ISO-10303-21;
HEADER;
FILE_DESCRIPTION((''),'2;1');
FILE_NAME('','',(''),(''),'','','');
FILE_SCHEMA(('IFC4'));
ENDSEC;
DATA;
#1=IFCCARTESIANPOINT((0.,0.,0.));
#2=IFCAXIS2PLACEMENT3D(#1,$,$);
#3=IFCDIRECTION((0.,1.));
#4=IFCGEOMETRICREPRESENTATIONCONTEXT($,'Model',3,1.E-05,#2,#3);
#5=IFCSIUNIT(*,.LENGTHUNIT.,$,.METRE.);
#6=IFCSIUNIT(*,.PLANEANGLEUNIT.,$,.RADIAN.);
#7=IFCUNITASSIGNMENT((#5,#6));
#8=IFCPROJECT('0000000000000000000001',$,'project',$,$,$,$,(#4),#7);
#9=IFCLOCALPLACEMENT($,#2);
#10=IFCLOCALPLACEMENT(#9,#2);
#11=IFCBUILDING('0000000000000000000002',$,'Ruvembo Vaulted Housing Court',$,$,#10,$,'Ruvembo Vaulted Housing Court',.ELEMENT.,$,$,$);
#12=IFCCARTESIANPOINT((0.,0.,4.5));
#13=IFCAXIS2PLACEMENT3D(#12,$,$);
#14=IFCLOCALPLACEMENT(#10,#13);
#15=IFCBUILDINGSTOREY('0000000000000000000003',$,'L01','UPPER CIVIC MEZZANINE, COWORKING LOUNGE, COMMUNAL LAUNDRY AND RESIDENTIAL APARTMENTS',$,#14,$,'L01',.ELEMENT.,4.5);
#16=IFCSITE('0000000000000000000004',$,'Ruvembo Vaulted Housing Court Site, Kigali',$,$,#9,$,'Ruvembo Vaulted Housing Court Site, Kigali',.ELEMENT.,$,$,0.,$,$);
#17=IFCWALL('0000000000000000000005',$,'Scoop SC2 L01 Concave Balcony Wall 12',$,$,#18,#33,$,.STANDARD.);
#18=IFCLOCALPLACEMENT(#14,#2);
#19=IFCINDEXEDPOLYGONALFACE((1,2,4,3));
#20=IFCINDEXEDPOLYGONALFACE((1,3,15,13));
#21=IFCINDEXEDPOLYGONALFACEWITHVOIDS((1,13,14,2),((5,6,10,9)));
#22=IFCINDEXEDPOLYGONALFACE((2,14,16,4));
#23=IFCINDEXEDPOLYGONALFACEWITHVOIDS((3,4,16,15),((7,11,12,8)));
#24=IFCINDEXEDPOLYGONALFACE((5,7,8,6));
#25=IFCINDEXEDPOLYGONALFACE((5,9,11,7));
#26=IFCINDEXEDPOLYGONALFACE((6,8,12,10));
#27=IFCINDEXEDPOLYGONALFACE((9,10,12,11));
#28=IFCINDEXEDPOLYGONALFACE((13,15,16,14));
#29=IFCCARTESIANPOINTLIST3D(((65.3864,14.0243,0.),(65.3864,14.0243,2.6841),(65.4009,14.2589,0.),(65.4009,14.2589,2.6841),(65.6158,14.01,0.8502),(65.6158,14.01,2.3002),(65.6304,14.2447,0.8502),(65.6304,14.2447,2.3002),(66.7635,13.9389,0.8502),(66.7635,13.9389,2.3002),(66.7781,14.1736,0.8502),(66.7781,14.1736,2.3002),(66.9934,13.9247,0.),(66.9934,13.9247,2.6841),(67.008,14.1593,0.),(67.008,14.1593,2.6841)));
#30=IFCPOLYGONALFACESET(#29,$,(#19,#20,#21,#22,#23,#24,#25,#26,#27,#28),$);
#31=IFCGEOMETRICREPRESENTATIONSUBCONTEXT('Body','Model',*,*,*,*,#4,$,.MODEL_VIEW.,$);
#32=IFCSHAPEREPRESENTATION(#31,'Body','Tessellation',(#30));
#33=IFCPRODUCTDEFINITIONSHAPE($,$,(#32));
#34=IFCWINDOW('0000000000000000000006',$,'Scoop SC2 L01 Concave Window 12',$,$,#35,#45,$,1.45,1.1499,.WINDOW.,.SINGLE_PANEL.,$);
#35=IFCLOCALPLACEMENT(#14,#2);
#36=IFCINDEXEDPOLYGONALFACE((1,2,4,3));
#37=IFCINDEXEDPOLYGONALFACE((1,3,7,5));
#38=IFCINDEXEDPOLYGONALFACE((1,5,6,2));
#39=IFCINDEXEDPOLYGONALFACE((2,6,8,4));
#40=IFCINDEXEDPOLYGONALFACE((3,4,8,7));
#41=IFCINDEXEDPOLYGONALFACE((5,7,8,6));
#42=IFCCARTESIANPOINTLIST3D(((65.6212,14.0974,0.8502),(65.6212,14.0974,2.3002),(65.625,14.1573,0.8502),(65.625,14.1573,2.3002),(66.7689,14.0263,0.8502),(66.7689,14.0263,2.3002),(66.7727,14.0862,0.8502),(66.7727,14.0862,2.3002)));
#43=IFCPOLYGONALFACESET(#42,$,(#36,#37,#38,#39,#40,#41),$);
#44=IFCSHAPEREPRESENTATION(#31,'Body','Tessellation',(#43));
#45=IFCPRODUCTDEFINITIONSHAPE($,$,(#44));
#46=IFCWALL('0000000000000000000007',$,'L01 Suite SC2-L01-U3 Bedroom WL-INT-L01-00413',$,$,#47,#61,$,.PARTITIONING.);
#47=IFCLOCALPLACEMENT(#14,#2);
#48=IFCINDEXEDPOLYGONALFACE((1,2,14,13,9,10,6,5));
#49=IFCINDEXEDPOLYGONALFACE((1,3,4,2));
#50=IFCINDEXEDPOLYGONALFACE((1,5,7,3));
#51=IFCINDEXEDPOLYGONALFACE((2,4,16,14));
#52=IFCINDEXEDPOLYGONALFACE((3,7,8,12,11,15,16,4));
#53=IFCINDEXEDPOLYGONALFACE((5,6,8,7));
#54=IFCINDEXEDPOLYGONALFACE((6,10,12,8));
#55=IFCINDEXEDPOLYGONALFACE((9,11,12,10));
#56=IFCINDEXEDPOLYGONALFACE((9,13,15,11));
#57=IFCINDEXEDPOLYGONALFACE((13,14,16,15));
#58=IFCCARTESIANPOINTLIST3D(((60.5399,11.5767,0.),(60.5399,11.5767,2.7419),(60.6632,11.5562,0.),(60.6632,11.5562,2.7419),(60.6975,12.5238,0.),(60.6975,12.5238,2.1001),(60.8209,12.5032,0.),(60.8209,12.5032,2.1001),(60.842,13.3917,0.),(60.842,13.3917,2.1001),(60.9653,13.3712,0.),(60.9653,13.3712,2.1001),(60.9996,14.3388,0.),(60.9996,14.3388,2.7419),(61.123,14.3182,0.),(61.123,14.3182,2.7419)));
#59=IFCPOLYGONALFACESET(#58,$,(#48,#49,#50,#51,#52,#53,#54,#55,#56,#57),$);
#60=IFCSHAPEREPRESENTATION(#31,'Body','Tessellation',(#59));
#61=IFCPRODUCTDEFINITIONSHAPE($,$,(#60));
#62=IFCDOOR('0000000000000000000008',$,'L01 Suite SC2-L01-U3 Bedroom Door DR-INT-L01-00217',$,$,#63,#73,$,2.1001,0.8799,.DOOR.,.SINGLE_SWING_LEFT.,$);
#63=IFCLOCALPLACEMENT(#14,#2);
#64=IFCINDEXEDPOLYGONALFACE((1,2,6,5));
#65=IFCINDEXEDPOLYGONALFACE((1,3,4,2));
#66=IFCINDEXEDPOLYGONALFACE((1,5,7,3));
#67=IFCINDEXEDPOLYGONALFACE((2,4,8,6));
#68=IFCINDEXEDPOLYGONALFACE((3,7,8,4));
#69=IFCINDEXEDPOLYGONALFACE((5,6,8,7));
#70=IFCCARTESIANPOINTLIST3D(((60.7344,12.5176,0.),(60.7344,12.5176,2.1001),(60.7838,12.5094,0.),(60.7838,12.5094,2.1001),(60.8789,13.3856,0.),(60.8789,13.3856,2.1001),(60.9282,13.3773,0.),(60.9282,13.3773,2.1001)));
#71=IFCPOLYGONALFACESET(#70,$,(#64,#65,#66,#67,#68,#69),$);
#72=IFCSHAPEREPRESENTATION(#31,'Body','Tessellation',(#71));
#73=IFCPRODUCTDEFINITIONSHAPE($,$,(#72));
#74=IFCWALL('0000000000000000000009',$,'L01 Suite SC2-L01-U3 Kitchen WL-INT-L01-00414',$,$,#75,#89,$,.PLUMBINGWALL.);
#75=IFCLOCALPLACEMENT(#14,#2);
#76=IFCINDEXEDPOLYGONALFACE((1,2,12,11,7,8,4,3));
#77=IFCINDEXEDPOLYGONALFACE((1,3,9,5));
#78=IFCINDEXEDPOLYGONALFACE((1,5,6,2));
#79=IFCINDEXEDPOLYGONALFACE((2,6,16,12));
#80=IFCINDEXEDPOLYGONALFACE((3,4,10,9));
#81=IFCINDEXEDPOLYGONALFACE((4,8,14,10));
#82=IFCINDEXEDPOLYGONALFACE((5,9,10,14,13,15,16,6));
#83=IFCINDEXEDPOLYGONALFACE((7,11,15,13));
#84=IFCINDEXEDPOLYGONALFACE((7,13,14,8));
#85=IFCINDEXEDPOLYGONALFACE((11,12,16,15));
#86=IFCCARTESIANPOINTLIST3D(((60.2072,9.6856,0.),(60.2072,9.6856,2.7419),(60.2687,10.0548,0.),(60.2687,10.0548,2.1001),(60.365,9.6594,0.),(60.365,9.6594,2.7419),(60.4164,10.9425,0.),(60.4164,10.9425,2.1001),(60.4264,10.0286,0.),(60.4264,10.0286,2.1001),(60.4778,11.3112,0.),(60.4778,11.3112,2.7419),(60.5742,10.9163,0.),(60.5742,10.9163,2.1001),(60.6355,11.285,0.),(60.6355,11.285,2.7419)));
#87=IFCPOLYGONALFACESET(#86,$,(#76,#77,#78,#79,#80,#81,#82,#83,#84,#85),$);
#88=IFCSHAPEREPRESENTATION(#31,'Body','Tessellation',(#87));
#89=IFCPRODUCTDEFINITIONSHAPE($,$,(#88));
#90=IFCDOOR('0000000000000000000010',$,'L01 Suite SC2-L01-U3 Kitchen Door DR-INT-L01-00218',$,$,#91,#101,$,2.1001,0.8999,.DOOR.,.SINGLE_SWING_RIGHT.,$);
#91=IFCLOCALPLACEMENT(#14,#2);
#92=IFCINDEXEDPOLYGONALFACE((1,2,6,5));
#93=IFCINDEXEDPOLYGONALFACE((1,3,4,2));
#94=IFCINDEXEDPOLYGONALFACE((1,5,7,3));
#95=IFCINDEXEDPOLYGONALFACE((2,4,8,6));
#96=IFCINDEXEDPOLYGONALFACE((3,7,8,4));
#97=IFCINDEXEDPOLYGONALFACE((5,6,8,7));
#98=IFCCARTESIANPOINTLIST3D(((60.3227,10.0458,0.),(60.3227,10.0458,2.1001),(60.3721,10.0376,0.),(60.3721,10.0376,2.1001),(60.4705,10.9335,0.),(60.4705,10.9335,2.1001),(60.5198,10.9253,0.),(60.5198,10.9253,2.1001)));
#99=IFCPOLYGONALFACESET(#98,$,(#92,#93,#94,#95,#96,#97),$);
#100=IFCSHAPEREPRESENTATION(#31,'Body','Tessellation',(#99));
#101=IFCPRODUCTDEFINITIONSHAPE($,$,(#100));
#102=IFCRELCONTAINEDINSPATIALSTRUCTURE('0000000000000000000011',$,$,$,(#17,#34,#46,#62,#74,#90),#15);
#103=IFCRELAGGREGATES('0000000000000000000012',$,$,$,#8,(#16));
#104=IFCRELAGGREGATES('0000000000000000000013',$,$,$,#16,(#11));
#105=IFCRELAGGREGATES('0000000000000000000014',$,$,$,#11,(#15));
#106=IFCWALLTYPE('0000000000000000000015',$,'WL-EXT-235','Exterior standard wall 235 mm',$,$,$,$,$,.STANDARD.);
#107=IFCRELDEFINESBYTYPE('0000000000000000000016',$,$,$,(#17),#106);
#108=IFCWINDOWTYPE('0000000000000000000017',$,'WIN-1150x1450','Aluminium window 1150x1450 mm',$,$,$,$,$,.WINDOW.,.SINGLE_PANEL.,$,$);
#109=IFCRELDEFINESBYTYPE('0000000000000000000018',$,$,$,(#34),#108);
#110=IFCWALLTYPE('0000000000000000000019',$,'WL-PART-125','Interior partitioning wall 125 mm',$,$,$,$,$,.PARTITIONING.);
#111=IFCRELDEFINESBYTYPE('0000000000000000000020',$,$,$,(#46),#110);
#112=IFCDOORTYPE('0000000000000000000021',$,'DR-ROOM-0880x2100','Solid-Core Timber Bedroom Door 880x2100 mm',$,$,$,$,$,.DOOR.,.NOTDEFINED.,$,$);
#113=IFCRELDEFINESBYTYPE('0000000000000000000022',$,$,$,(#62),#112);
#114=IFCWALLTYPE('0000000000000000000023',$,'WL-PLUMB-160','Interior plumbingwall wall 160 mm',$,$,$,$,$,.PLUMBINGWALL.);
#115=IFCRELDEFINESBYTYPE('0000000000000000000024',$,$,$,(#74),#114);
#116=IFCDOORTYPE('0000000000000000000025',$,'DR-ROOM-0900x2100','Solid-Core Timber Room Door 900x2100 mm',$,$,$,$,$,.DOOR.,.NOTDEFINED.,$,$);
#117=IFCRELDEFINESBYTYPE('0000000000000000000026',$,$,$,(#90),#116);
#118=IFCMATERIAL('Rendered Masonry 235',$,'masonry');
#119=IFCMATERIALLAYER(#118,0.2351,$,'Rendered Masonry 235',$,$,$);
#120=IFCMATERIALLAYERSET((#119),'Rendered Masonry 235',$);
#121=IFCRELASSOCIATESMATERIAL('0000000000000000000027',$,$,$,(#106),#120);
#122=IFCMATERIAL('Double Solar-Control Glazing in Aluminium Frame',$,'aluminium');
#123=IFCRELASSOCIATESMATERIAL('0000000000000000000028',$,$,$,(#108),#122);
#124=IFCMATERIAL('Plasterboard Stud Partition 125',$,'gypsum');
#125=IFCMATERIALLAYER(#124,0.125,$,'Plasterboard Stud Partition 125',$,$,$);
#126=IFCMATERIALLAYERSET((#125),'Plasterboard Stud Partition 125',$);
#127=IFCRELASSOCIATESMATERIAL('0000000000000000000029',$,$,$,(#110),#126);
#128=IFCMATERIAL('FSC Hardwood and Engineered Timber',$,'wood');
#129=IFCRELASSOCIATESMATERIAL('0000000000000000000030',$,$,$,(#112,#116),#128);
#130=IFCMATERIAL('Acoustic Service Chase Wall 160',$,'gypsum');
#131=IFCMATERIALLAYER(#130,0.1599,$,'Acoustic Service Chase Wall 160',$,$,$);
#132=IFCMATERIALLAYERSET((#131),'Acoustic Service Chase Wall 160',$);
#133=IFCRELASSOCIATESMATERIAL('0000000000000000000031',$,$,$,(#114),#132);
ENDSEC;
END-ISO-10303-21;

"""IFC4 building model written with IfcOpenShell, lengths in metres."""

from ifc_helpers import new_model, si_unit, direction, frame, frame_2d, origin, place, context, subcontext, project, spatial, rectangle, extrude, material, layer, layer_set, type_object, element, fill, save


model = new_model("IFC4")

# Units and contexts
model_context = context("Model", 3, precision=1e-05, world=origin(), true_north=direction((0.0, 1.0)))
body_context = subcontext(model_context, "Body", "Model", "MODEL_VIEW")
ifc_project = project(units=[si_unit("LENGTHUNIT", "METRE"), si_unit("PLANEANGLEUNIT", "RADIAN")], contexts=[model_context])

# Site, building, storey
site_placement = place(None, origin())
site = spatial("IfcSite", under=ifc_project, at=site_placement, Name="Ruvembo Vaulted Housing Court Site, Kigali", LongName="Ruvembo Vaulted Housing Court Site, Kigali", CompositionType="ELEMENT", RefElevation=0.0)
building_placement = place(site_placement, origin())
building = spatial("IfcBuilding", under=site, at=building_placement, Name="Ruvembo Vaulted Housing Court", LongName="Ruvembo Vaulted Housing Court", CompositionType="ELEMENT")
storey_placement = place(building_placement, frame((0.0, 0.0, 4.5)))
storey = spatial("IfcBuildingStorey", under=building, at=storey_placement, Name="L01", Description="UPPER CIVIC MEZZANINE, COWORKING LOUNGE, COMMUNAL LAUNDRY AND RESIDENTIAL APARTMENTS", LongName="L01", CompositionType="ELEMENT", Elevation=4.5)

# Shared definitions
ifc_material_1 = material(Name="Rendered Masonry 235", Category="masonry")
ifc_layer_1 = layer(ifc_material_1, 0.2351, Name="Rendered Masonry 235")
ifc_layer_set_1 = layer_set([ifc_layer_1], Name="Rendered Masonry 235")
wall_type_1 = type_object("IfcWallType", Name="WL-EXT-235", Description="Exterior standard wall 235 mm", PredefinedType="STANDARD", material=ifc_layer_set_1)
ifc_material_2 = material(Name="Double Solar-Control Glazing in Aluminium Frame", Category="aluminium")

# Wall, opening, window
wall_1_placement = place(storey_placement, frame((65.3936, 14.1416, 0.0), z_axis=(0.0, 0.0, 1.0), x_axis=(0.998084, -0.061868, 0.0)))
wall_1 = element("IfcWall", 1, at=wall_1_placement, inside=storey, type_object=wall_type_1, Name="Scoop SC2 L01 Concave Balcony Wall 12", PredefinedType="STANDARD", context=body_context, shape_type="SweptSolid", body=[
    extrude(rectangle(XDim=1.6101, YDim=0.2351, at=frame_2d((0.8052, 0.0))), origin(), (0.0, 0.0, 1.0), 2.6841),
])
opening_1_placement = place(wall_1_placement, frame((0.23, 0.0, 0.8501)))
opening_1 = element("IfcOpeningElement", 2, at=opening_1_placement, cuts=wall_1, PredefinedType="OPENING", context=body_context, shape_type="SweptSolid", body=[
    extrude(rectangle(XDim=1.1499, YDim=1.45, at=frame_2d((0.575, 0.7251))), frame((0.0, 0.1274, 0.0), z_axis=(0.0, -1.0, 0.0), x_axis=(1.0, 0.0, 0.0)), (0.0, 0.0, 1.0), 0.2551),
])
window_type_1 = type_object("IfcWindowType", Name="WIN-1150x1450", Description="Aluminium window 1150x1450 mm", PartitioningType="SINGLE_PANEL", PredefinedType="WINDOW", material=ifc_material_2)
window_1_placement = place(opening_1_placement, origin())
window_1 = element("IfcWindow", 3, at=window_1_placement, inside=storey, type_object=window_type_1, Name="Scoop SC2 L01 Concave Window 12", OverallHeight=1.45, OverallWidth=1.1499, PartitioningType="SINGLE_PANEL", PredefinedType="WINDOW", context=body_context, shape_type="SweptSolid", body=[
    extrude(rectangle(XDim=1.1499, YDim=1.45, at=frame_2d((0.575, 0.7251))), frame((0.0, 0.03, 0.0), z_axis=(0.0, -1.0, 0.0), x_axis=(1.0, 0.0, 0.0)), (0.0, 0.0, 1.0), 0.0601),
])
fill(opening_1, window_1)

# Walls, openings, doors
ifc_material_3 = material(Name="Plasterboard Stud Partition 125", Category="gypsum")
ifc_layer_2 = layer(ifc_material_3, 0.125, Name="Plasterboard Stud Partition 125")
ifc_layer_set_2 = layer_set([ifc_layer_2], Name="Plasterboard Stud Partition 125")
wall_type_2 = type_object("IfcWallType", Name="WL-PART-125", Description="Interior partitioning wall 125 mm", PredefinedType="PARTITIONING", material=ifc_layer_set_2)
wall_2_placement = place(storey_placement, frame((61.0613, 14.3284, 0.0), z_axis=(0.0, 0.0, 1.0), x_axis=(-0.164187, -0.986429, 0.0)))
wall_2 = element("IfcWall", 4, at=wall_2_placement, inside=storey, type_object=wall_type_2, Name="L01 Suite SC2-L01-U3 Bedroom WL-INT-L01-00413", PredefinedType="PARTITIONING", context=body_context, shape_type="SweptSolid", body=[
    extrude(rectangle(XDim=2.8, YDim=0.125, at=frame_2d((1.3999, 0.0))), origin(), (0.0, 0.0, 1.0), 2.7419),
])
opening_2_placement = place(wall_2_placement, frame((0.96, 0.0, 0.0)))
opening_2 = element("IfcOpeningElement", 5, at=opening_2_placement, cuts=wall_2, PredefinedType="OPENING", context=body_context, shape_type="SweptSolid", body=[
    extrude(rectangle(XDim=0.8799, YDim=2.1001, at=frame_2d((0.4399, 1.05))), frame((0.0, 0.0725, 0.0), z_axis=(0.0, -1.0, 0.0), x_axis=(1.0, 0.0, 0.0)), (0.0, 0.0, 1.0), 0.145),
])
ifc_material_4 = material(Name="FSC Hardwood and Engineered Timber", Category="wood")
door_type_1 = type_object("IfcDoorType", Name="DR-ROOM-0880x2100", Description="Solid-Core Timber Bedroom Door 880x2100 mm", OperationType="NOTDEFINED", PredefinedType="DOOR", material=ifc_material_4)
door_1_placement = place(opening_2_placement, origin())
door_1 = element("IfcDoor", 6, at=door_1_placement, inside=storey, type_object=door_type_1, Name="L01 Suite SC2-L01-U3 Bedroom Door DR-INT-L01-00217", OperationType="SINGLE_SWING_LEFT", OverallHeight=2.1001, OverallWidth=0.8799, PredefinedType="DOOR", context=body_context, shape_type="SweptSolid", body=[
    extrude(rectangle(XDim=0.8799, YDim=2.1001, at=frame_2d((0.4399, 1.05))), frame((0.0, 0.0249, 0.0), z_axis=(0.0, -1.0, 0.0), x_axis=(1.0, 0.0, 0.0)), (0.0, 0.0, 1.0), 0.05),
])
fill(opening_2, door_1)
ifc_material_5 = material(Name="Acoustic Service Chase Wall 160", Category="gypsum")
ifc_layer_3 = layer(ifc_material_5, 0.1599, Name="Acoustic Service Chase Wall 160")
ifc_layer_set_3 = layer_set([ifc_layer_3], Name="Acoustic Service Chase Wall 160")
wall_type_3 = type_object("IfcWallType", Name="WL-PLUMB-160", Description="Interior plumbingwall wall 160 mm", PredefinedType="PLUMBINGWALL", material=ifc_layer_set_3)
wall_3_placement = place(storey_placement, frame((60.5566, 11.2981, 0.0), z_axis=(0.0, 0.0, 1.0), x_axis=(-0.164159, -0.986434, 0.0)))
wall_3 = element("IfcWall", 7, at=wall_3_placement, inside=storey, type_object=wall_type_3, Name="L01 Suite SC2-L01-U3 Kitchen WL-INT-L01-00414", PredefinedType="PLUMBINGWALL", context=body_context, shape_type="SweptSolid", body=[
    extrude(rectangle(XDim=1.6479, YDim=0.1599, at=frame_2d((0.824, 0.0))), origin(), (0.0, 0.0, 1.0), 2.7419),
])
opening_3_placement = place(wall_3_placement, frame((0.3738, 0.0, 0.0)))
opening_3 = element("IfcOpeningElement", 8, at=opening_3_placement, cuts=wall_3, PredefinedType="OPENING", context=body_context, shape_type="SweptSolid", body=[
    extrude(rectangle(XDim=0.8999, YDim=2.1001, at=frame_2d((0.45, 1.05))), frame((0.0, 0.0898, 0.0), z_axis=(0.0, -1.0, 0.0), x_axis=(1.0, 0.0, 0.0)), (0.0, 0.0, 1.0), 0.1799),
])
door_type_2 = type_object("IfcDoorType", Name="DR-ROOM-0900x2100", Description="Solid-Core Timber Room Door 900x2100 mm", OperationType="NOTDEFINED", PredefinedType="DOOR", material=ifc_material_4)
door_2_placement = place(opening_3_placement, origin())
door_2 = element("IfcDoor", 9, at=door_2_placement, inside=storey, type_object=door_type_2, Name="L01 Suite SC2-L01-U3 Kitchen Door DR-INT-L01-00218", OperationType="SINGLE_SWING_RIGHT", OverallHeight=2.1001, OverallWidth=0.8999, PredefinedType="DOOR", context=body_context, shape_type="SweptSolid", body=[
    extrude(rectangle(XDim=0.8999, YDim=2.1001, at=frame_2d((0.45, 1.05))), frame((0.0, 0.0249, 0.0), z_axis=(0.0, -1.0, 0.0), x_axis=(1.0, 0.0, 0.0)), (0.0, 0.0, 1.0), 0.05),
])
fill(opening_3, door_2)

save(model, "model.ifc")
